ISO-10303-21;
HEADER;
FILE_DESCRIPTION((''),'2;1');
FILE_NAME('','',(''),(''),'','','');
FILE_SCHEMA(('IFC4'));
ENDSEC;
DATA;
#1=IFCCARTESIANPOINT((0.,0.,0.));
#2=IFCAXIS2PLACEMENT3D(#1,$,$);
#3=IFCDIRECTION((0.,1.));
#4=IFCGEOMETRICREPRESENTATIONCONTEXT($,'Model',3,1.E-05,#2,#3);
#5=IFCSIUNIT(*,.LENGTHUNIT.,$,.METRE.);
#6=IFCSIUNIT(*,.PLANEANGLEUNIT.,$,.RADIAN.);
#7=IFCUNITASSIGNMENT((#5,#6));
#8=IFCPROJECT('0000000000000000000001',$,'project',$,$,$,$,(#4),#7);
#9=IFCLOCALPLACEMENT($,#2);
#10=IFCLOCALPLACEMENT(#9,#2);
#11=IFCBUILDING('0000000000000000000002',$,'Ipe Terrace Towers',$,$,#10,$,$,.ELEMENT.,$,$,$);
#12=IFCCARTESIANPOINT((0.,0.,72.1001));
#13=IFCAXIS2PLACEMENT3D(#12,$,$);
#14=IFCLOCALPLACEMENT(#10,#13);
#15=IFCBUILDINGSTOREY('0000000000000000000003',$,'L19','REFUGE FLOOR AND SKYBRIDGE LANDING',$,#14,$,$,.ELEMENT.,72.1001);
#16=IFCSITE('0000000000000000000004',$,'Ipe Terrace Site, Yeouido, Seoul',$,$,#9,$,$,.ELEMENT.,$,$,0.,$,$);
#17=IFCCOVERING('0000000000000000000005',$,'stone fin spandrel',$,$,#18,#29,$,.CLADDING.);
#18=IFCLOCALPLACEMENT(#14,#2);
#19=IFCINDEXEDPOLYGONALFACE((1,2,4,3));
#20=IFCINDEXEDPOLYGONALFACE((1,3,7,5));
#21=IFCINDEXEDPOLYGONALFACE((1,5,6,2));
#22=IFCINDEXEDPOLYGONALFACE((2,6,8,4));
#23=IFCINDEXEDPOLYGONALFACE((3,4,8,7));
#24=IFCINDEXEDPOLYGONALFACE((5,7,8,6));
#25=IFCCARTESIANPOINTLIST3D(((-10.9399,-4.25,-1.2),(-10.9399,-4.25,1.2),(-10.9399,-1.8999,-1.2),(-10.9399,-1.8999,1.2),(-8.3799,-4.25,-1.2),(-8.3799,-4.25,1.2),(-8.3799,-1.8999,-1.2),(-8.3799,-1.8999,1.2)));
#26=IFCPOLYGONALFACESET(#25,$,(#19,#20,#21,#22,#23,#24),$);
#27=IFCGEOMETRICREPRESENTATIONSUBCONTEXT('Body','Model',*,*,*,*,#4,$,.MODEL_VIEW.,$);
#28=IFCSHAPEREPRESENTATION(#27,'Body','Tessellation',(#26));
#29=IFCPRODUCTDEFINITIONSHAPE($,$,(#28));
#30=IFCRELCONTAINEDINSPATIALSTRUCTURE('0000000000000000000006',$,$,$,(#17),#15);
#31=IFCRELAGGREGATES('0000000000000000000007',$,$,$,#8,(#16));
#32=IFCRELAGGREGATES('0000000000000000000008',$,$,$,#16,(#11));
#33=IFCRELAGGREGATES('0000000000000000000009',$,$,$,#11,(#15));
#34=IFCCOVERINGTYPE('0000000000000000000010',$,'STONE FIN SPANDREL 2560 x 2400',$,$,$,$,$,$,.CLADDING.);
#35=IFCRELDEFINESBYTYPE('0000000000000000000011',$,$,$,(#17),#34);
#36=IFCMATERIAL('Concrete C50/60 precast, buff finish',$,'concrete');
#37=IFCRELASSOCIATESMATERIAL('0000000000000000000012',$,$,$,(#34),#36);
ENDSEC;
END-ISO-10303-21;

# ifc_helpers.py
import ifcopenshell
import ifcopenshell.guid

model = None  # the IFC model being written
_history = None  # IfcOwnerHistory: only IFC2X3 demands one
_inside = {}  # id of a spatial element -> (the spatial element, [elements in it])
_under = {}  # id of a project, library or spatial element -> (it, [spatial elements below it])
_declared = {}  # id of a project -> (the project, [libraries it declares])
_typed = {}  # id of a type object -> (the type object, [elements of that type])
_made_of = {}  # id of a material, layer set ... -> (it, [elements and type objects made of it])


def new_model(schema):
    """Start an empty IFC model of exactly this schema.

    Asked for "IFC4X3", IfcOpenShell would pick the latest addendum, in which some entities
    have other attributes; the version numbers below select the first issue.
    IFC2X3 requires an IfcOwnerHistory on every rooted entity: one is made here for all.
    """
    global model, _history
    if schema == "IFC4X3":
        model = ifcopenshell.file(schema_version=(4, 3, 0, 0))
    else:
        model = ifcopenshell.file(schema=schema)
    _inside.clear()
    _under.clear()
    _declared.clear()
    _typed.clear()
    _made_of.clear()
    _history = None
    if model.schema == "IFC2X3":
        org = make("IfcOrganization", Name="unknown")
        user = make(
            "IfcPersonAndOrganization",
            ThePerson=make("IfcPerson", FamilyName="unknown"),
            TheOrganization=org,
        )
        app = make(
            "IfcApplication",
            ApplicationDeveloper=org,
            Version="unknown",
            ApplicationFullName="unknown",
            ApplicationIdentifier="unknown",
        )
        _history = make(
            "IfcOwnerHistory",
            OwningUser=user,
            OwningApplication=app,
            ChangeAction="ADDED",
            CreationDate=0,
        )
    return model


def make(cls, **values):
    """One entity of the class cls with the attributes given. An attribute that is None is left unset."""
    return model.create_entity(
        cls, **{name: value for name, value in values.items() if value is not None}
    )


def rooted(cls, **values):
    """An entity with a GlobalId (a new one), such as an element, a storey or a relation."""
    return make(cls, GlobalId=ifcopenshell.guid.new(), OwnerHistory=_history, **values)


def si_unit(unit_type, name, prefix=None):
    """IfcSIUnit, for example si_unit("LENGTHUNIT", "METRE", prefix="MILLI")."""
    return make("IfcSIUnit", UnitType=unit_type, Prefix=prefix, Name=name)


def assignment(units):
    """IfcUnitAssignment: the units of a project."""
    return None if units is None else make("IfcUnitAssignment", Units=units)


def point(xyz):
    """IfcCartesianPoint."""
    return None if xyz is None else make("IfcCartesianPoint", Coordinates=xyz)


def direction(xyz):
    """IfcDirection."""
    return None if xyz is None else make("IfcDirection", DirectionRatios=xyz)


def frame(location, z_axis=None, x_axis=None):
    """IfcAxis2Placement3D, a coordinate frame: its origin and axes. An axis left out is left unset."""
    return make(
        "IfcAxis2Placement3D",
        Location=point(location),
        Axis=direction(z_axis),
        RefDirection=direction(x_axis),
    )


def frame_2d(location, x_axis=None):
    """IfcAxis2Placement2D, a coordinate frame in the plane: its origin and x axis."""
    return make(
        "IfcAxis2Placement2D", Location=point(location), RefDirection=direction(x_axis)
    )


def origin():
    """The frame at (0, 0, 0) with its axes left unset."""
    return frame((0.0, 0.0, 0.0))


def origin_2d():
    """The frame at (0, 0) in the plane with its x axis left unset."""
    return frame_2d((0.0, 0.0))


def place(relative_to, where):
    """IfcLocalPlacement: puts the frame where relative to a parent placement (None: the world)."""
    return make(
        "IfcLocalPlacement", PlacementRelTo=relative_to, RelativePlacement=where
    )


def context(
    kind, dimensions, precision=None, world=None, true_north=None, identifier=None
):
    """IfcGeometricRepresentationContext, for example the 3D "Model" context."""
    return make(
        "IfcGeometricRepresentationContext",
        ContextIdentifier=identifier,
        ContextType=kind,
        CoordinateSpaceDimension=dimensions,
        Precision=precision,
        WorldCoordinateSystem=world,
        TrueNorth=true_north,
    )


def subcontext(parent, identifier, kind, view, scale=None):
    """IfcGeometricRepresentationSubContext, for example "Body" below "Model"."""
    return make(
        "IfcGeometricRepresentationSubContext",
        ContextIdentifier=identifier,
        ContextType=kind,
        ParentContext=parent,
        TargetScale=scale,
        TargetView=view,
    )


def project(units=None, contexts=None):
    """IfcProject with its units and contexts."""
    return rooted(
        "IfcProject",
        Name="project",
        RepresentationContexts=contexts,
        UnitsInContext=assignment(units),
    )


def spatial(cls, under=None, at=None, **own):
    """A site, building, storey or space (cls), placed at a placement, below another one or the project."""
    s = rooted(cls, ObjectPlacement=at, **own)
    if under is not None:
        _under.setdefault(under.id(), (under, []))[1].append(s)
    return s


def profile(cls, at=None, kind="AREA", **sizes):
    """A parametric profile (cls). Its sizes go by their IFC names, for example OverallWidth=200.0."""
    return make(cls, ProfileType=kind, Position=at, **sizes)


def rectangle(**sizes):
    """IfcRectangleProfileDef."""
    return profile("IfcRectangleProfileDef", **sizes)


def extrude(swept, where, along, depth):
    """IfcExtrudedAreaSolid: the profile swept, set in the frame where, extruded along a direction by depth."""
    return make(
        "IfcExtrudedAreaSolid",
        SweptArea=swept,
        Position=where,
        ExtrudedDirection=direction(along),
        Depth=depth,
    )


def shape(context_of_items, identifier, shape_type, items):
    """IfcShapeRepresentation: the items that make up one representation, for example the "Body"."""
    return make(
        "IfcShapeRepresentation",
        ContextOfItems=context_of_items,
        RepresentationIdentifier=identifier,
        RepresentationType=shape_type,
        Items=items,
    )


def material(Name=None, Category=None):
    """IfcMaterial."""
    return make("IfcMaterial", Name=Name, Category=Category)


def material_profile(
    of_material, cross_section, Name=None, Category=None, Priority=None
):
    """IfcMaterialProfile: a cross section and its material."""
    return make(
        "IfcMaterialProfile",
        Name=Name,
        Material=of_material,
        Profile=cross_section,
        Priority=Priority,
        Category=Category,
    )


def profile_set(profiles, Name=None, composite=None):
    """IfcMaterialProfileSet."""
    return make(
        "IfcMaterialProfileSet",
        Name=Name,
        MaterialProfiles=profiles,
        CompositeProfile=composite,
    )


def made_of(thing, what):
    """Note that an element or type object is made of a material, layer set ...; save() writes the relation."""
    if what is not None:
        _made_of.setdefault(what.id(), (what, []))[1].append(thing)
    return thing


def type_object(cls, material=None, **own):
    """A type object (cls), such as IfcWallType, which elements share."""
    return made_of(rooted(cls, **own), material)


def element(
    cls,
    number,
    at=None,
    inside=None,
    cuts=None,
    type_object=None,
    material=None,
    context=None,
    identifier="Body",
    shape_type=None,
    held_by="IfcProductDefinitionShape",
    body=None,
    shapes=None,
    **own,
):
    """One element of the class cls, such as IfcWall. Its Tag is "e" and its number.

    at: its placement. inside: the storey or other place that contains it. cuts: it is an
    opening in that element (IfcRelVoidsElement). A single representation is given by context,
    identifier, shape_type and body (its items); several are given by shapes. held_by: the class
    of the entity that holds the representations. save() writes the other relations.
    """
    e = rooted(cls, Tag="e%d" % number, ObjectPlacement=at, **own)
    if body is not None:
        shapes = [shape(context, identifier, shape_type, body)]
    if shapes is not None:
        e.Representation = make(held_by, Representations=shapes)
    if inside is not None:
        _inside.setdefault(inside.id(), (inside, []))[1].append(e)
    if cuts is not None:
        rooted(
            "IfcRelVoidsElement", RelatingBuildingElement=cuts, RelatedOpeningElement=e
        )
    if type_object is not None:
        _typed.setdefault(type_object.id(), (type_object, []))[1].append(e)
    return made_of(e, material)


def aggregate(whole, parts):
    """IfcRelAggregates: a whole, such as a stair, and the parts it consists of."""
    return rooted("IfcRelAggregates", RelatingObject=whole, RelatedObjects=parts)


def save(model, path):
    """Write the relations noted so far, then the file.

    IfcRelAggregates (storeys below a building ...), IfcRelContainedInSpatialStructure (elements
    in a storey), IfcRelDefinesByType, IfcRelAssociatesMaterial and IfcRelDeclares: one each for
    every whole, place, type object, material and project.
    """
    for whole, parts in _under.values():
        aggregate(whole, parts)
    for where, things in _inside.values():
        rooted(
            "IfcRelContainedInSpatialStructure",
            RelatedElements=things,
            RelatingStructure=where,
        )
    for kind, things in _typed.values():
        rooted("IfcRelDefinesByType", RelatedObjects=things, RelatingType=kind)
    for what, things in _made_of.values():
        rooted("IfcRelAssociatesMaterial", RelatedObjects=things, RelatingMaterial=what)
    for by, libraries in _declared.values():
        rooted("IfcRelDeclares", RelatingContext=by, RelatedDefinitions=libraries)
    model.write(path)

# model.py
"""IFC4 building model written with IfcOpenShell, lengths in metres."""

from ifc_helpers import new_model, si_unit, direction, frame, origin, origin_2d, place, context, subcontext, project, spatial, rectangle, extrude, material, material_profile, profile_set, type_object, element, save


model = new_model("IFC4")

# Units and contexts
model_context = context("Model", 3, precision=1e-05, world=origin(), true_north=direction((0.0, 1.0)))
body_context = subcontext(model_context, "Body", "Model", "MODEL_VIEW")
ifc_project = project(units=[si_unit("LENGTHUNIT", "METRE"), si_unit("PLANEANGLEUNIT", "RADIAN")], contexts=[model_context])

# Site, building, storey
site_placement = place(None, origin())
site = spatial("IfcSite", under=ifc_project, at=site_placement, Name="Ipe Terrace Site, Yeouido, Seoul", CompositionType="ELEMENT", RefElevation=0.0)
building_placement = place(site_placement, origin())
building = spatial("IfcBuilding", under=site, at=building_placement, Name="Ipe Terrace Towers", CompositionType="ELEMENT")
storey_placement = place(building_placement, frame((0.0, 0.0, 72.1001)))
storey = spatial("IfcBuildingStorey", under=building, at=storey_placement, Name="L19", Description="REFUGE FLOOR AND SKYBRIDGE LANDING", CompositionType="ELEMENT", Elevation=72.1001)

# Covering
ifc_material_1 = material(Name="Concrete C50/60 precast, buff finish", Category="concrete")
ifc_material_profile_1 = material_profile(ifc_material_1, rectangle(XDim=2.5601, YDim=2.3999, at=origin_2d()), Name="STONE FIN SPANDREL 2560 x 2400")
ifc_profile_set_1 = profile_set([ifc_material_profile_1], Name="Concrete C50/60 precast, buff finish")
covering_type_1 = type_object("IfcCoveringType", Name="STONE FIN SPANDREL 2560 x 2400", PredefinedType="CLADDING", material=ifc_profile_set_1)
covering_1_placement = place(storey_placement, frame((-9.6599, -4.25, 0.0), z_axis=(0.0, 1.0, 0.0), x_axis=(1.0, 0.0, 0.0)))
element("IfcCovering", 1, at=covering_1_placement, inside=storey, type_object=covering_type_1, Name="stone fin spandrel", PredefinedType="CLADDING", context=body_context, shape_type="SweptSolid", body=[
    extrude(rectangle(XDim=2.5601, YDim=2.3999, at=origin_2d()), origin(), (0.0, 0.0, 1.0), 2.3501),
])

save(model, "model.ifc")
